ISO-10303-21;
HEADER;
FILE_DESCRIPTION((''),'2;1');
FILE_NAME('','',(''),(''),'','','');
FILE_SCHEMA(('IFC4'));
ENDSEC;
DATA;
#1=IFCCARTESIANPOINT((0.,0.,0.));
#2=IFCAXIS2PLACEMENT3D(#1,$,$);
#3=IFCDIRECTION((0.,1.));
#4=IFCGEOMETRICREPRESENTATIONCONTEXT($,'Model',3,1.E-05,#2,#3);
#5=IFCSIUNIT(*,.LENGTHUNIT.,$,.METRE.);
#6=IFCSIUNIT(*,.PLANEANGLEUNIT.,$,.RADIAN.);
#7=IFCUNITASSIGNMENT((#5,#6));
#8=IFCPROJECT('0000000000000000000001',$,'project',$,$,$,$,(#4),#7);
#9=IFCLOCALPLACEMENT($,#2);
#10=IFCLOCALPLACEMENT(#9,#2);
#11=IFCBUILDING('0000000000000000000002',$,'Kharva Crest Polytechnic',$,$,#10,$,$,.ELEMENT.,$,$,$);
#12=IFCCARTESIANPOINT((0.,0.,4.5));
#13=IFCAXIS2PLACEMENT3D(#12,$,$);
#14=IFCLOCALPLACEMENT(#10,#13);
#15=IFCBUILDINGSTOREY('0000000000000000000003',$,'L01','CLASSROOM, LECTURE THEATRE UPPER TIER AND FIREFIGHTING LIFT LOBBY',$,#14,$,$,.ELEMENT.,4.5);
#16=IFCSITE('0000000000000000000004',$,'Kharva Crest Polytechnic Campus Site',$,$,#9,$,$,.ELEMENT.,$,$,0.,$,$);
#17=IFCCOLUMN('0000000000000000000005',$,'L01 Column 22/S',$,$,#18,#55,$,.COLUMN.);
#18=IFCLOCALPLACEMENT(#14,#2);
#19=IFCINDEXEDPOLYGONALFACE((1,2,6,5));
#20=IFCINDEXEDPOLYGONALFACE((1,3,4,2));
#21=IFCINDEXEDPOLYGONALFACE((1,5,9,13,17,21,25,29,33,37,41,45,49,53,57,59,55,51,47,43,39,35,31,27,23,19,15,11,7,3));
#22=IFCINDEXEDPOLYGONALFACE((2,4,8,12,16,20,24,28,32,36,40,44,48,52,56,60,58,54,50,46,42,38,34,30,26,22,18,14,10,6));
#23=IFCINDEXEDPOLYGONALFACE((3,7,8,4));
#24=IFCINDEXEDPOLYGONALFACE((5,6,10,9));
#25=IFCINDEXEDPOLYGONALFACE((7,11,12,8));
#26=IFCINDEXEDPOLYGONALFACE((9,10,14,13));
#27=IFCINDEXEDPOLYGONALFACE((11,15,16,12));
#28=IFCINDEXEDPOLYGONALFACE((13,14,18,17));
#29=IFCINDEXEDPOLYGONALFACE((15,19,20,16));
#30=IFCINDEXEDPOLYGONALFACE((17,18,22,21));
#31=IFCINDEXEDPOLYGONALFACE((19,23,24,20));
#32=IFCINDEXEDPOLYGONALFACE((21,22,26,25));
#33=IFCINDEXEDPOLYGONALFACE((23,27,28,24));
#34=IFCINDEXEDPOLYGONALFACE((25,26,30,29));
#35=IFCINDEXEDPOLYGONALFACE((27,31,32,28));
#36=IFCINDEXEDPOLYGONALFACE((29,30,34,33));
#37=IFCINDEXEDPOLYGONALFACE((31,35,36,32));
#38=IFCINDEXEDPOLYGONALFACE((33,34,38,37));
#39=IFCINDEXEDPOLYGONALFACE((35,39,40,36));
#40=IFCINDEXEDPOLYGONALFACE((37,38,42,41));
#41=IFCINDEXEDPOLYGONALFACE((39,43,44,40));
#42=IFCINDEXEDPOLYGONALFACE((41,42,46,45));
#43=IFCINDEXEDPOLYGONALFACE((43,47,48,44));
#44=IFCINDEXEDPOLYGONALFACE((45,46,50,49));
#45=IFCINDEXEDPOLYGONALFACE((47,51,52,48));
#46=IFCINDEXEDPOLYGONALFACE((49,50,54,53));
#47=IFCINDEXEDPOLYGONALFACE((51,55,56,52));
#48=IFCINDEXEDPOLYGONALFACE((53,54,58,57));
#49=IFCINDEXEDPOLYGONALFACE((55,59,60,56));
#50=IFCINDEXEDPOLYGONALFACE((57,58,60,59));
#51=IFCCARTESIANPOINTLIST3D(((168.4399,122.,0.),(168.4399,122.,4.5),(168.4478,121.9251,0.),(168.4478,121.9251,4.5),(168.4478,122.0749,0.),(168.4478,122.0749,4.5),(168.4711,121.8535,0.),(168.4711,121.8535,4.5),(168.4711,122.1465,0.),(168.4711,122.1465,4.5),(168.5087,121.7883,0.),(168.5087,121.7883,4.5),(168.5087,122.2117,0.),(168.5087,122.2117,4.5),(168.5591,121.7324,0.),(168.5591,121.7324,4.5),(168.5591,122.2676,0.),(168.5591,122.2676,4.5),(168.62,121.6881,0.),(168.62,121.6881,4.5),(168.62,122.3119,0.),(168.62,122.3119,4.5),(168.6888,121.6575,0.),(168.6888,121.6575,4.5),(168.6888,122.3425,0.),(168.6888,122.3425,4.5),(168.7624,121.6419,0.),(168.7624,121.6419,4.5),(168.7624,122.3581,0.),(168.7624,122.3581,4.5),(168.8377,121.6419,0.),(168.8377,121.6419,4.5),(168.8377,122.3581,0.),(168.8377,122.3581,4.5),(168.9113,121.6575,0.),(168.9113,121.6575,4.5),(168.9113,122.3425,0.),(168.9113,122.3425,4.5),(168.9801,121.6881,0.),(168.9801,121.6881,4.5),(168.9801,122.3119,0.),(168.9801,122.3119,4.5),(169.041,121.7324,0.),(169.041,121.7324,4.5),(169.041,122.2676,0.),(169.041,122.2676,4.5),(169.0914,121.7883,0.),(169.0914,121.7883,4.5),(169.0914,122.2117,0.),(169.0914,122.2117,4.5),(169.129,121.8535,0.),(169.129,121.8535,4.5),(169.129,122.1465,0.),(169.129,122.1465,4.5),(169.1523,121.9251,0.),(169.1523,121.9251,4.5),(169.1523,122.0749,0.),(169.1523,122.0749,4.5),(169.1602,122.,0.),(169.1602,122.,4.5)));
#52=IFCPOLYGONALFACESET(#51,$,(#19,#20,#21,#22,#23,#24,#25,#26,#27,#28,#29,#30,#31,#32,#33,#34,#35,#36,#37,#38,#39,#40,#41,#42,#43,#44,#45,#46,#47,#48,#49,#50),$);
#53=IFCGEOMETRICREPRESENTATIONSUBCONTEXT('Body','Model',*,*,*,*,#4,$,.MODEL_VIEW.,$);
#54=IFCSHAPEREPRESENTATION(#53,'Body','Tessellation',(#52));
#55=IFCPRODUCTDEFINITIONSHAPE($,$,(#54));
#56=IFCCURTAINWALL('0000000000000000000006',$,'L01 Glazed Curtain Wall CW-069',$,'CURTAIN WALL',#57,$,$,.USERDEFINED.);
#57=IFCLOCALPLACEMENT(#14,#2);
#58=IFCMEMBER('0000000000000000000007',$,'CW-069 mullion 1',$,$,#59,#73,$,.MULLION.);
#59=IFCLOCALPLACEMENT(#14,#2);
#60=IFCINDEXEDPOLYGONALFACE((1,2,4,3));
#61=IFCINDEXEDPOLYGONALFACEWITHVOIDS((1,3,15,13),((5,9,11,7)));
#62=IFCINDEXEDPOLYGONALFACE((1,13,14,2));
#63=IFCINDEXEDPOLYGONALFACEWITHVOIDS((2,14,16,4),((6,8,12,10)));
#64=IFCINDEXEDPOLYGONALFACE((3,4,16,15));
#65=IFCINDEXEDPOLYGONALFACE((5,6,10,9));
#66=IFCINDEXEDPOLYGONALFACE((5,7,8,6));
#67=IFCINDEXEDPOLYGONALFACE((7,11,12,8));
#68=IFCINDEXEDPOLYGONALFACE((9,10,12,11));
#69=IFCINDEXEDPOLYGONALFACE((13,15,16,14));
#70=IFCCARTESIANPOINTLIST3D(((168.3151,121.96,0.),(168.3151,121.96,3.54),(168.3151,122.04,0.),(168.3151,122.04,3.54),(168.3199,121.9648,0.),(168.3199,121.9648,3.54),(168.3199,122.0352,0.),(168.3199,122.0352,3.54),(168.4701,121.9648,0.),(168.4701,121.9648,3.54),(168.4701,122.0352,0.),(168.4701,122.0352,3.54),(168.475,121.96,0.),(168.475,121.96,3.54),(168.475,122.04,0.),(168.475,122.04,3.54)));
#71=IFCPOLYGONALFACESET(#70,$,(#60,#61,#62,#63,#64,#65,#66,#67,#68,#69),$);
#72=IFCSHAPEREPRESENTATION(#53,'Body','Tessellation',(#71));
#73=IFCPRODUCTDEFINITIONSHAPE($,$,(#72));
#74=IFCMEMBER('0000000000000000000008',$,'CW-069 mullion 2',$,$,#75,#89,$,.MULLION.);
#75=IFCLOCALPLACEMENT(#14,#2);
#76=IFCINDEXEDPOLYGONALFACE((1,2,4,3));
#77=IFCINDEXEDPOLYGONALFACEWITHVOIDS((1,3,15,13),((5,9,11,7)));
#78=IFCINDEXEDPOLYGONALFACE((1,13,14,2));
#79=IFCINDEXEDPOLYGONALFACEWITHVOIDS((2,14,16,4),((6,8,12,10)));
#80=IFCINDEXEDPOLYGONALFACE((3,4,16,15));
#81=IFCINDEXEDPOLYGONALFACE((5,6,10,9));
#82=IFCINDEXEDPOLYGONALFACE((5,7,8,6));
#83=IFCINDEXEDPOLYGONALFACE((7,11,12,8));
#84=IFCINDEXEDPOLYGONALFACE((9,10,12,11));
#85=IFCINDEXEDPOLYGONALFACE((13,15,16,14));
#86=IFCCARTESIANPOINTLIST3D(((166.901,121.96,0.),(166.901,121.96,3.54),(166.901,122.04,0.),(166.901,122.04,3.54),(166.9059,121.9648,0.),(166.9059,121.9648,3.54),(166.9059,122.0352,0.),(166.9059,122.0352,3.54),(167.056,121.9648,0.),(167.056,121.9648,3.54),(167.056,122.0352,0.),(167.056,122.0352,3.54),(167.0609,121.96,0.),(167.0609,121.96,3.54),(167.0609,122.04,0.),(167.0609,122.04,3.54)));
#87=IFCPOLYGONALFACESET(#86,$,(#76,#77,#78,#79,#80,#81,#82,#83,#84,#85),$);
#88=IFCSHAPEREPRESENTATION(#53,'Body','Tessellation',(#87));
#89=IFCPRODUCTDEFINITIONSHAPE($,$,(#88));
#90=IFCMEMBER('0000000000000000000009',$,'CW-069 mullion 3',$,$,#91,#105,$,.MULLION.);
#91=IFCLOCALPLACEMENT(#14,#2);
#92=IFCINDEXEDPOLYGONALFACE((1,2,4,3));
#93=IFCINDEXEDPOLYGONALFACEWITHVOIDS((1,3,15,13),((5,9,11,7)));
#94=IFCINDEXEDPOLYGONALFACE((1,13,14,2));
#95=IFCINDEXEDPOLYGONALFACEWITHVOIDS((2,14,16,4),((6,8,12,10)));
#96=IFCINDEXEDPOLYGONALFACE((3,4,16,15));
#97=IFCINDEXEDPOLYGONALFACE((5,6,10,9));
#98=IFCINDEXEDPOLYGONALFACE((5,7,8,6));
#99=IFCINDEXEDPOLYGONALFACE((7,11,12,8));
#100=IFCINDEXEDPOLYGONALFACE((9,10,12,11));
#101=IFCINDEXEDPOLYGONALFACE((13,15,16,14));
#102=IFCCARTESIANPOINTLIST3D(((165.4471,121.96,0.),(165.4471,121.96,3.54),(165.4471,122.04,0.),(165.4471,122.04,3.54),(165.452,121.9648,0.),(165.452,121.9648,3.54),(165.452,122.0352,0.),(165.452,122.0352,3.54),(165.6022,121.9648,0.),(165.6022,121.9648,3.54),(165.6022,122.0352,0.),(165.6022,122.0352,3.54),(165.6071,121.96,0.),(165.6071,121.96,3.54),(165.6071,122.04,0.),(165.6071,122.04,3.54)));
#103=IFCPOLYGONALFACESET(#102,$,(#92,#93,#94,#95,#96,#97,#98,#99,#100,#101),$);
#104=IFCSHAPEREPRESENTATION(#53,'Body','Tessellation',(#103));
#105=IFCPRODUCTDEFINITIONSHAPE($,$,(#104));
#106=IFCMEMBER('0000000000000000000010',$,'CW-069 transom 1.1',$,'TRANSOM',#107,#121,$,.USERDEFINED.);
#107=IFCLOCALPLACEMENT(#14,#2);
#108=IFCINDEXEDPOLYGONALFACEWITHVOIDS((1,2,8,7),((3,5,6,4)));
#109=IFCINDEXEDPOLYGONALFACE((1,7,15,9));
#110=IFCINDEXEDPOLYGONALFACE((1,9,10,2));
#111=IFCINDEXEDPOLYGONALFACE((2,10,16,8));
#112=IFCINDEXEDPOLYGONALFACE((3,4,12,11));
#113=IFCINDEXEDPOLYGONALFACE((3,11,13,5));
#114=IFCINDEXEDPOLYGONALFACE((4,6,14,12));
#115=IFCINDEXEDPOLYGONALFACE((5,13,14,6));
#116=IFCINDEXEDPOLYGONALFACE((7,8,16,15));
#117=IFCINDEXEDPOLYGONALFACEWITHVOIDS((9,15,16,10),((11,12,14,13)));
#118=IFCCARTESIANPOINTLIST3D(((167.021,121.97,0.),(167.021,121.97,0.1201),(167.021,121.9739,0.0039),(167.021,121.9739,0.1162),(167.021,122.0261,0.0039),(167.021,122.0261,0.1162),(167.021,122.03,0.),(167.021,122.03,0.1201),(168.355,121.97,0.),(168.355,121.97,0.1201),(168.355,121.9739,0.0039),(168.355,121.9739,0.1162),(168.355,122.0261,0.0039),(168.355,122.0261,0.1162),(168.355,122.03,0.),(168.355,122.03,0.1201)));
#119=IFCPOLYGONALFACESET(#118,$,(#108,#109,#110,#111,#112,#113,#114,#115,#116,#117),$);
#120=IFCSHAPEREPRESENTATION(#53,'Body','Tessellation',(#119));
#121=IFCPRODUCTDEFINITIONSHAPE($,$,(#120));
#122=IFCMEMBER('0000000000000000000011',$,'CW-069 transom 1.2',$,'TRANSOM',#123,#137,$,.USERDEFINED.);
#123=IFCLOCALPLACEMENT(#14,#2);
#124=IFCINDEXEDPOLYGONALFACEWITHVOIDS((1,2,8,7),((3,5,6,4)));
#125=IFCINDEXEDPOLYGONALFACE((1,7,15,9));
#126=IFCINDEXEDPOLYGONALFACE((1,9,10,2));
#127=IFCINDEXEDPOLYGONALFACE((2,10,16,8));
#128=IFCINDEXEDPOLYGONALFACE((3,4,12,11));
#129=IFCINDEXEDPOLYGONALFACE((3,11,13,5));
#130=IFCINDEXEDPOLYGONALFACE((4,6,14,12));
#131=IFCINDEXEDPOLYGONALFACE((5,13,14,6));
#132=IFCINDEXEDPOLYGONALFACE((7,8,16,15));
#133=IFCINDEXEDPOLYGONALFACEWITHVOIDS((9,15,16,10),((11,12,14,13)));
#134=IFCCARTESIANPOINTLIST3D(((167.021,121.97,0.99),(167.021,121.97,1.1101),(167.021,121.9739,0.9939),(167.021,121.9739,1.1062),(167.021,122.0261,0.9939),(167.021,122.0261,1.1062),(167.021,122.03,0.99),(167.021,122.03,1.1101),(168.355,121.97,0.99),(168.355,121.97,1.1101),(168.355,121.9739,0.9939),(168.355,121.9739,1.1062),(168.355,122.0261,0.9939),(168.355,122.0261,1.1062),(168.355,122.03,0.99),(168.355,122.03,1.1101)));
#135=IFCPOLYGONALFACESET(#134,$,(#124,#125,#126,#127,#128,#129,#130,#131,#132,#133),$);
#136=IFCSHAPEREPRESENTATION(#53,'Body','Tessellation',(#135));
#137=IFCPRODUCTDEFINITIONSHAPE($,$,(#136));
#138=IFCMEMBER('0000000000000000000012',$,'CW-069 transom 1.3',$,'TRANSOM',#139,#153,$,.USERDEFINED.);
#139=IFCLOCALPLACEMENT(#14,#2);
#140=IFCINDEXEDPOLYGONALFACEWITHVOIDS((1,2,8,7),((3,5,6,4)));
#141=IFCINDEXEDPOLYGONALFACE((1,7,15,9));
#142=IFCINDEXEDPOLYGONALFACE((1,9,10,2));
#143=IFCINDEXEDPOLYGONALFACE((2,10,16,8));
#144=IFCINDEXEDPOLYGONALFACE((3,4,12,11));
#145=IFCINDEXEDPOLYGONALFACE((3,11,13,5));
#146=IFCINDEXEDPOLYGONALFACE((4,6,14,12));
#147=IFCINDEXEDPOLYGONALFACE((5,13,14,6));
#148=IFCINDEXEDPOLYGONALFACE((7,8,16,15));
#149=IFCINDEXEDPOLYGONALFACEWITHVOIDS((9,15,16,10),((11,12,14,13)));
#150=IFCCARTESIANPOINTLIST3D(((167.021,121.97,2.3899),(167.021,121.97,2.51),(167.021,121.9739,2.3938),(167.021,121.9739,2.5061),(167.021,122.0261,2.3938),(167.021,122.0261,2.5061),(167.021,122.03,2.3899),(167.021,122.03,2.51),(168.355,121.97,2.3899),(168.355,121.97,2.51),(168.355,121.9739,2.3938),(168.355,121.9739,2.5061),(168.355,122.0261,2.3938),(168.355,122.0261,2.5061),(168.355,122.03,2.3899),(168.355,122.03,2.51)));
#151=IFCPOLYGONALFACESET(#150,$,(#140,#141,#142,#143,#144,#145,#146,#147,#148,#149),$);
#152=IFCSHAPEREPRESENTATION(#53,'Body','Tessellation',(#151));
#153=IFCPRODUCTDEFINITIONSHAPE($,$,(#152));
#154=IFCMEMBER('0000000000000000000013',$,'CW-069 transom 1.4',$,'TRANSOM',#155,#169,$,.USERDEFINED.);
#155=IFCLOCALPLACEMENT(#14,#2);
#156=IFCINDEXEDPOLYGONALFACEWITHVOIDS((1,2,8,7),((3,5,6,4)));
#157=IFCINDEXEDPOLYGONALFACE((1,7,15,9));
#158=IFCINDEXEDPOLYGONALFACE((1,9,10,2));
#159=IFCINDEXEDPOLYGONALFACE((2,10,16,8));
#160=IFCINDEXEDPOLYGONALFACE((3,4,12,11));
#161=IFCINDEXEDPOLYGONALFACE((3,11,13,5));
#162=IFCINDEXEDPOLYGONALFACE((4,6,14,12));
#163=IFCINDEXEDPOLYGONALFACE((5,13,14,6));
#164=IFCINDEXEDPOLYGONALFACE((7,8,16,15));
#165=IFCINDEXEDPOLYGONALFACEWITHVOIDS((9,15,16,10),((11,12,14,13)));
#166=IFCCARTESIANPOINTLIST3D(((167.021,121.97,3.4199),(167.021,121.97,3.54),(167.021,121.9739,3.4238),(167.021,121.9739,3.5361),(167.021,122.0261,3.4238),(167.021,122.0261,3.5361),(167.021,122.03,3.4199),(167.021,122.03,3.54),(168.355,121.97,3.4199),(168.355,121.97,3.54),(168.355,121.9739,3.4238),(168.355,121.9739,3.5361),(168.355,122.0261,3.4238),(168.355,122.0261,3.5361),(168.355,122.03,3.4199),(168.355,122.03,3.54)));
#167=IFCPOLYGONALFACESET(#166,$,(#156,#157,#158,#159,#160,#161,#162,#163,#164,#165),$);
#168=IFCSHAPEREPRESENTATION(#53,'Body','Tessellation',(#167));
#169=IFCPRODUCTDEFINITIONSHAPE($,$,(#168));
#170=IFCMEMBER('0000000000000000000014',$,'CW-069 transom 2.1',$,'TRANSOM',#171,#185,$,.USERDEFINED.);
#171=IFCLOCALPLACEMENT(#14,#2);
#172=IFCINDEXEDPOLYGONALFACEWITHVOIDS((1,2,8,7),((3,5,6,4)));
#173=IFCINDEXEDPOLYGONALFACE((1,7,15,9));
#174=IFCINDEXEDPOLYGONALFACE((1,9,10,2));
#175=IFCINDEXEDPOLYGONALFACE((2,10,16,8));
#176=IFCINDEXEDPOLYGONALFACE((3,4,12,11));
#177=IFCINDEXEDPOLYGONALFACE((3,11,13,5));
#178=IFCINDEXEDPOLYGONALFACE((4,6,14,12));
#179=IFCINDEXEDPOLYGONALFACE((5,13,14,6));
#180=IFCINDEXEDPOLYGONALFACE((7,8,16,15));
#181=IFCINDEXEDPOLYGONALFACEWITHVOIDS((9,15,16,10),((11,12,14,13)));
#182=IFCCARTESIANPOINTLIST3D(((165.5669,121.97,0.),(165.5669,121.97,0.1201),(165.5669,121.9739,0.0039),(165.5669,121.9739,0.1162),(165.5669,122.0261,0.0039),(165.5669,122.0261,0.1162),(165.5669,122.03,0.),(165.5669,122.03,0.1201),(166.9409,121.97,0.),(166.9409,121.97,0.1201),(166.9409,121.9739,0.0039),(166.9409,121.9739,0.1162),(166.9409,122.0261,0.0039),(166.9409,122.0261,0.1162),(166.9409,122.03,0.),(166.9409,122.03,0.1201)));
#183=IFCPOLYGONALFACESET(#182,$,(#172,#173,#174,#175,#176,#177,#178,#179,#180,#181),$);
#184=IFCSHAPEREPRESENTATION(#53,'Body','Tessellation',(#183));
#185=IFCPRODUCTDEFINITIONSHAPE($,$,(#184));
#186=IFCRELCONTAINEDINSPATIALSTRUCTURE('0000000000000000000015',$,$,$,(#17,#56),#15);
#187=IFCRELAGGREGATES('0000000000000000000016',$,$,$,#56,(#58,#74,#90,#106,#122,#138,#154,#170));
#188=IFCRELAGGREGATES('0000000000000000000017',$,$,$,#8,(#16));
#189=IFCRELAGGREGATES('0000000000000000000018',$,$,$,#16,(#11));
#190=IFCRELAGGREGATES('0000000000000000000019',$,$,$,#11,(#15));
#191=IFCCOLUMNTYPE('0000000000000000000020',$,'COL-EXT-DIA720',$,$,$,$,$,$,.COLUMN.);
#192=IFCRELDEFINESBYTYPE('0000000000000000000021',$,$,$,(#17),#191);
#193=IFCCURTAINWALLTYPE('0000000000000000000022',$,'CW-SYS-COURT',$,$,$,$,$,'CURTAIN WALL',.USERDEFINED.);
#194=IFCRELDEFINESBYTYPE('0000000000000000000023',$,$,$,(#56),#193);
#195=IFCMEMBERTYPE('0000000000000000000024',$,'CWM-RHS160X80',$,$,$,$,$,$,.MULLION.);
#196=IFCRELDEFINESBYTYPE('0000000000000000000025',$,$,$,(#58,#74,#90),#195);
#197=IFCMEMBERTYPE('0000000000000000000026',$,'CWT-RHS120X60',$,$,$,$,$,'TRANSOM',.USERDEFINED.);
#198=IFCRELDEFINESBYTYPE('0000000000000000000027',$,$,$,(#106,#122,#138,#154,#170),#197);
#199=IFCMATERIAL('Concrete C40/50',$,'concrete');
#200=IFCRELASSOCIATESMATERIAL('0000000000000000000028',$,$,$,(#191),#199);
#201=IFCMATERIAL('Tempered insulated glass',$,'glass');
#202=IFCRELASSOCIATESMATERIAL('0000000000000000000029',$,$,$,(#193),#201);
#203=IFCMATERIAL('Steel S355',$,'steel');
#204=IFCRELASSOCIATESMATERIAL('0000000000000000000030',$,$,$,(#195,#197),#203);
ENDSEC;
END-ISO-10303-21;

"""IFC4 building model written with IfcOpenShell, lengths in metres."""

from ifc_helpers import new_model, si_unit, direction, frame, origin, origin_2d, place, context, subcontext, project, spatial, hollow_rectangle, circle, extrude, material, material_profile, profile_set, type_object, element, aggregate, save


model = new_model("IFC4")

# Units and contexts
model_context = context("Model", 3, precision=1e-05, world=origin(), true_north=direction((0.0, 1.0)))
body_context = subcontext(model_context, "Body", "Model", "MODEL_VIEW")
ifc_project = project(units=[si_unit("LENGTHUNIT", "METRE"), si_unit("PLANEANGLEUNIT", "RADIAN")], contexts=[model_context])

# Site, building, storey
site_placement = place(None, origin())
site = spatial("IfcSite", under=ifc_project, at=site_placement, Name="Kharva Crest Polytechnic Campus Site", CompositionType="ELEMENT", RefElevation=0.0)
building_placement = place(site_placement, origin())
building = spatial("IfcBuilding", under=site, at=building_placement, Name="Kharva Crest Polytechnic", CompositionType="ELEMENT")
storey_placement = place(building_placement, frame((0.0, 0.0, 4.5)))
storey = spatial("IfcBuildingStorey", under=building, at=storey_placement, Name="L01", Description="CLASSROOM, LECTURE THEATRE UPPER TIER AND FIREFIGHTING LIFT LOBBY", CompositionType="ELEMENT", Elevation=4.5)

# Column
ifc_material_1 = material(Name="Concrete C40/50", Category="concrete")
ifc_material_profile_1 = material_profile(ifc_material_1, circle(Radius=0.3601, at=origin_2d()), Name="DIA 720")
ifc_profile_set_1 = profile_set([ifc_material_profile_1], Name="Concrete C40/50")
column_type = type_object("IfcColumnType", Name="COL-EXT-DIA720", PredefinedType="COLUMN", material=ifc_profile_set_1)
column_placement = place(storey_placement, frame((168.8, 122.0, 0.0), z_axis=(0.0, 0.0, 1.0), x_axis=(1.0, 0.0, 0.0)))
element("IfcColumn", 1, at=column_placement, inside=storey, type_object=column_type, Name="L01 Column 22/S", PredefinedType="COLUMN", context=body_context, shape_type="SweptSolid", body=[
    extrude(circle(Radius=0.3601, at=origin_2d()), origin(), (0.0, 0.0, 1.0), 4.5),
])

# Curtain wall, members
ifc_material_2 = material(Name="Tempered insulated glass", Category="glass")
curtain_wall_type = type_object("IfcCurtainWallType", Name="CW-SYS-COURT", ElementType="CURTAIN WALL", PredefinedType="USERDEFINED", material=ifc_material_2)
curtain_wall_placement = place(storey_placement, origin())
curtain_wall = element("IfcCurtainWall", 2, at=curtain_wall_placement, inside=storey, type_object=curtain_wall_type, Name="L01 Glazed Curtain Wall CW-069", ObjectType="CURTAIN WALL", PredefinedType="USERDEFINED")
ifc_material_3 = material(Name="Steel S355", Category="steel")
ifc_material_profile_2 = material_profile(ifc_material_3, hollow_rectangle(XDim=0.0801, YDim=0.1599, WallThickness=0.0049, at=origin_2d()), Name="RHS 160X80X5.0")
ifc_profile_set_2 = profile_set([ifc_material_profile_2], Name="Steel S355")
member_type_1 = type_object("IfcMemberType", Name="CWM-RHS160X80", PredefinedType="MULLION", material=ifc_profile_set_2)
member_1_placement = place(storey_placement, frame((168.395, 122.0, 0.0), z_axis=(0.0, 0.0, 1.0), x_axis=(0.0, -1.0, 0.0)))
member_1 = element("IfcMember", 3, at=member_1_placement, type_object=member_type_1, Name="CW-069 mullion 1", PredefinedType="MULLION", context=body_context, shape_type="SweptSolid", body=[
    extrude(hollow_rectangle(XDim=0.0801, YDim=0.1599, WallThickness=0.0049, at=origin_2d()), origin(), (0.0, 0.0, 1.0), 3.54),
])
member_2_placement = place(storey_placement, frame((166.981, 122.0, 0.0), z_axis=(0.0, 0.0, 1.0), x_axis=(0.0, -1.0, 0.0)))
member_2 = element("IfcMember", 4, at=member_2_placement, type_object=member_type_1, Name="CW-069 mullion 2", PredefinedType="MULLION", context=body_context, shape_type="SweptSolid", body=[
    extrude(hollow_rectangle(XDim=0.0801, YDim=0.1599, WallThickness=0.0049, at=origin_2d()), origin(), (0.0, 0.0, 1.0), 3.54),
])
member_3_placement = place(storey_placement, frame((165.5271, 122.0, 0.0), z_axis=(0.0, 0.0, 1.0), x_axis=(0.0, -1.0, 0.0)))
member_3 = element("IfcMember", 5, at=member_3_placement, type_object=member_type_1, Name="CW-069 mullion 3", PredefinedType="MULLION", context=body_context, shape_type="SweptSolid", body=[
    extrude(hollow_rectangle(XDim=0.0801, YDim=0.1599, WallThickness=0.0049, at=origin_2d()), origin(), (0.0, 0.0, 1.0), 3.54),
])
ifc_material_profile_3 = material_profile(ifc_material_3, hollow_rectangle(XDim=0.0601, YDim=0.1201, WallThickness=0.0039, at=origin_2d()), Name="RHS 120X60X4.0")
ifc_profile_set_3 = profile_set([ifc_material_profile_3], Name="Steel S355")
member_type_2 = type_object("IfcMemberType", Name="CWT-RHS120X60", ElementType="TRANSOM", PredefinedType="USERDEFINED", material=ifc_profile_set_3)
member_4_placement = place(storey_placement, frame((168.355, 122.0, 0.0601), z_axis=(-1.0, 0.0, 0.0), x_axis=(0.0, -1.0, 0.0)))
member_4 = element("IfcMember", 6, at=member_4_placement, type_object=member_type_2, Name="CW-069 transom 1.1", ObjectType="TRANSOM", PredefinedType="USERDEFINED", context=body_context, shape_type="SweptSolid", body=[
    extrude(hollow_rectangle(XDim=0.0601, YDim=0.1201, WallThickness=0.0039, at=origin_2d()), origin(), (0.0, 0.0, 1.0), 1.334),
])
member_5_placement = place(storey_placement, frame((168.355, 122.0, 1.05), z_axis=(-1.0, 0.0, 0.0), x_axis=(0.0, -1.0, 0.0)))
member_5 = element("IfcMember", 7, at=member_5_placement, type_object=member_type_2, Name="CW-069 transom 1.2", ObjectType="TRANSOM", PredefinedType="USERDEFINED", context=body_context, shape_type="SweptSolid", body=[
    extrude(hollow_rectangle(XDim=0.0601, YDim=0.1201, WallThickness=0.0039, at=origin_2d()), origin(), (0.0, 0.0, 1.0), 1.334),
])
member_6_placement = place(storey_placement, frame((168.355, 122.0, 2.45), z_axis=(-1.0, 0.0, 0.0), x_axis=(0.0, -1.0, 0.0)))
member_6 = element("IfcMember", 8, at=member_6_placement, type_object=member_type_2, Name="CW-069 transom 1.3", ObjectType="TRANSOM", PredefinedType="USERDEFINED", context=body_context, shape_type="SweptSolid", body=[
    extrude(hollow_rectangle(XDim=0.0601, YDim=0.1201, WallThickness=0.0039, at=origin_2d()), origin(), (0.0, 0.0, 1.0), 1.334),
])
member_7_placement = place(storey_placement, frame((168.355, 122.0, 3.48), z_axis=(-1.0, 0.0, 0.0), x_axis=(0.0, -1.0, 0.0)))
member_7 = element("IfcMember", 9, at=member_7_placement, type_object=member_type_2, Name="CW-069 transom 1.4", ObjectType="TRANSOM", PredefinedType="USERDEFINED", context=body_context, shape_type="SweptSolid", body=[
    extrude(hollow_rectangle(XDim=0.0601, YDim=0.1201, WallThickness=0.0039, at=origin_2d()), origin(), (0.0, 0.0, 1.0), 1.334),
])
member_8_placement = place(storey_placement, frame((166.9409, 122.0, 0.0601), z_axis=(-1.0, 0.0, 0.0), x_axis=(0.0, -1.0, 0.0)))
member_8 = element("IfcMember", 10, at=member_8_placement, type_object=member_type_2, Name="CW-069 transom 2.1", ObjectType="TRANSOM", PredefinedType="USERDEFINED", context=body_context, shape_type="SweptSolid", body=[
    extrude(hollow_rectangle(XDim=0.0601, YDim=0.1201, WallThickness=0.0039, at=origin_2d()), origin(), (0.0, 0.0, 1.0), 1.374),
])
aggregate(curtain_wall, [member_1, member_2, member_3, member_4, member_5, member_6, member_7, member_8])

save(model, "model.ifc")
